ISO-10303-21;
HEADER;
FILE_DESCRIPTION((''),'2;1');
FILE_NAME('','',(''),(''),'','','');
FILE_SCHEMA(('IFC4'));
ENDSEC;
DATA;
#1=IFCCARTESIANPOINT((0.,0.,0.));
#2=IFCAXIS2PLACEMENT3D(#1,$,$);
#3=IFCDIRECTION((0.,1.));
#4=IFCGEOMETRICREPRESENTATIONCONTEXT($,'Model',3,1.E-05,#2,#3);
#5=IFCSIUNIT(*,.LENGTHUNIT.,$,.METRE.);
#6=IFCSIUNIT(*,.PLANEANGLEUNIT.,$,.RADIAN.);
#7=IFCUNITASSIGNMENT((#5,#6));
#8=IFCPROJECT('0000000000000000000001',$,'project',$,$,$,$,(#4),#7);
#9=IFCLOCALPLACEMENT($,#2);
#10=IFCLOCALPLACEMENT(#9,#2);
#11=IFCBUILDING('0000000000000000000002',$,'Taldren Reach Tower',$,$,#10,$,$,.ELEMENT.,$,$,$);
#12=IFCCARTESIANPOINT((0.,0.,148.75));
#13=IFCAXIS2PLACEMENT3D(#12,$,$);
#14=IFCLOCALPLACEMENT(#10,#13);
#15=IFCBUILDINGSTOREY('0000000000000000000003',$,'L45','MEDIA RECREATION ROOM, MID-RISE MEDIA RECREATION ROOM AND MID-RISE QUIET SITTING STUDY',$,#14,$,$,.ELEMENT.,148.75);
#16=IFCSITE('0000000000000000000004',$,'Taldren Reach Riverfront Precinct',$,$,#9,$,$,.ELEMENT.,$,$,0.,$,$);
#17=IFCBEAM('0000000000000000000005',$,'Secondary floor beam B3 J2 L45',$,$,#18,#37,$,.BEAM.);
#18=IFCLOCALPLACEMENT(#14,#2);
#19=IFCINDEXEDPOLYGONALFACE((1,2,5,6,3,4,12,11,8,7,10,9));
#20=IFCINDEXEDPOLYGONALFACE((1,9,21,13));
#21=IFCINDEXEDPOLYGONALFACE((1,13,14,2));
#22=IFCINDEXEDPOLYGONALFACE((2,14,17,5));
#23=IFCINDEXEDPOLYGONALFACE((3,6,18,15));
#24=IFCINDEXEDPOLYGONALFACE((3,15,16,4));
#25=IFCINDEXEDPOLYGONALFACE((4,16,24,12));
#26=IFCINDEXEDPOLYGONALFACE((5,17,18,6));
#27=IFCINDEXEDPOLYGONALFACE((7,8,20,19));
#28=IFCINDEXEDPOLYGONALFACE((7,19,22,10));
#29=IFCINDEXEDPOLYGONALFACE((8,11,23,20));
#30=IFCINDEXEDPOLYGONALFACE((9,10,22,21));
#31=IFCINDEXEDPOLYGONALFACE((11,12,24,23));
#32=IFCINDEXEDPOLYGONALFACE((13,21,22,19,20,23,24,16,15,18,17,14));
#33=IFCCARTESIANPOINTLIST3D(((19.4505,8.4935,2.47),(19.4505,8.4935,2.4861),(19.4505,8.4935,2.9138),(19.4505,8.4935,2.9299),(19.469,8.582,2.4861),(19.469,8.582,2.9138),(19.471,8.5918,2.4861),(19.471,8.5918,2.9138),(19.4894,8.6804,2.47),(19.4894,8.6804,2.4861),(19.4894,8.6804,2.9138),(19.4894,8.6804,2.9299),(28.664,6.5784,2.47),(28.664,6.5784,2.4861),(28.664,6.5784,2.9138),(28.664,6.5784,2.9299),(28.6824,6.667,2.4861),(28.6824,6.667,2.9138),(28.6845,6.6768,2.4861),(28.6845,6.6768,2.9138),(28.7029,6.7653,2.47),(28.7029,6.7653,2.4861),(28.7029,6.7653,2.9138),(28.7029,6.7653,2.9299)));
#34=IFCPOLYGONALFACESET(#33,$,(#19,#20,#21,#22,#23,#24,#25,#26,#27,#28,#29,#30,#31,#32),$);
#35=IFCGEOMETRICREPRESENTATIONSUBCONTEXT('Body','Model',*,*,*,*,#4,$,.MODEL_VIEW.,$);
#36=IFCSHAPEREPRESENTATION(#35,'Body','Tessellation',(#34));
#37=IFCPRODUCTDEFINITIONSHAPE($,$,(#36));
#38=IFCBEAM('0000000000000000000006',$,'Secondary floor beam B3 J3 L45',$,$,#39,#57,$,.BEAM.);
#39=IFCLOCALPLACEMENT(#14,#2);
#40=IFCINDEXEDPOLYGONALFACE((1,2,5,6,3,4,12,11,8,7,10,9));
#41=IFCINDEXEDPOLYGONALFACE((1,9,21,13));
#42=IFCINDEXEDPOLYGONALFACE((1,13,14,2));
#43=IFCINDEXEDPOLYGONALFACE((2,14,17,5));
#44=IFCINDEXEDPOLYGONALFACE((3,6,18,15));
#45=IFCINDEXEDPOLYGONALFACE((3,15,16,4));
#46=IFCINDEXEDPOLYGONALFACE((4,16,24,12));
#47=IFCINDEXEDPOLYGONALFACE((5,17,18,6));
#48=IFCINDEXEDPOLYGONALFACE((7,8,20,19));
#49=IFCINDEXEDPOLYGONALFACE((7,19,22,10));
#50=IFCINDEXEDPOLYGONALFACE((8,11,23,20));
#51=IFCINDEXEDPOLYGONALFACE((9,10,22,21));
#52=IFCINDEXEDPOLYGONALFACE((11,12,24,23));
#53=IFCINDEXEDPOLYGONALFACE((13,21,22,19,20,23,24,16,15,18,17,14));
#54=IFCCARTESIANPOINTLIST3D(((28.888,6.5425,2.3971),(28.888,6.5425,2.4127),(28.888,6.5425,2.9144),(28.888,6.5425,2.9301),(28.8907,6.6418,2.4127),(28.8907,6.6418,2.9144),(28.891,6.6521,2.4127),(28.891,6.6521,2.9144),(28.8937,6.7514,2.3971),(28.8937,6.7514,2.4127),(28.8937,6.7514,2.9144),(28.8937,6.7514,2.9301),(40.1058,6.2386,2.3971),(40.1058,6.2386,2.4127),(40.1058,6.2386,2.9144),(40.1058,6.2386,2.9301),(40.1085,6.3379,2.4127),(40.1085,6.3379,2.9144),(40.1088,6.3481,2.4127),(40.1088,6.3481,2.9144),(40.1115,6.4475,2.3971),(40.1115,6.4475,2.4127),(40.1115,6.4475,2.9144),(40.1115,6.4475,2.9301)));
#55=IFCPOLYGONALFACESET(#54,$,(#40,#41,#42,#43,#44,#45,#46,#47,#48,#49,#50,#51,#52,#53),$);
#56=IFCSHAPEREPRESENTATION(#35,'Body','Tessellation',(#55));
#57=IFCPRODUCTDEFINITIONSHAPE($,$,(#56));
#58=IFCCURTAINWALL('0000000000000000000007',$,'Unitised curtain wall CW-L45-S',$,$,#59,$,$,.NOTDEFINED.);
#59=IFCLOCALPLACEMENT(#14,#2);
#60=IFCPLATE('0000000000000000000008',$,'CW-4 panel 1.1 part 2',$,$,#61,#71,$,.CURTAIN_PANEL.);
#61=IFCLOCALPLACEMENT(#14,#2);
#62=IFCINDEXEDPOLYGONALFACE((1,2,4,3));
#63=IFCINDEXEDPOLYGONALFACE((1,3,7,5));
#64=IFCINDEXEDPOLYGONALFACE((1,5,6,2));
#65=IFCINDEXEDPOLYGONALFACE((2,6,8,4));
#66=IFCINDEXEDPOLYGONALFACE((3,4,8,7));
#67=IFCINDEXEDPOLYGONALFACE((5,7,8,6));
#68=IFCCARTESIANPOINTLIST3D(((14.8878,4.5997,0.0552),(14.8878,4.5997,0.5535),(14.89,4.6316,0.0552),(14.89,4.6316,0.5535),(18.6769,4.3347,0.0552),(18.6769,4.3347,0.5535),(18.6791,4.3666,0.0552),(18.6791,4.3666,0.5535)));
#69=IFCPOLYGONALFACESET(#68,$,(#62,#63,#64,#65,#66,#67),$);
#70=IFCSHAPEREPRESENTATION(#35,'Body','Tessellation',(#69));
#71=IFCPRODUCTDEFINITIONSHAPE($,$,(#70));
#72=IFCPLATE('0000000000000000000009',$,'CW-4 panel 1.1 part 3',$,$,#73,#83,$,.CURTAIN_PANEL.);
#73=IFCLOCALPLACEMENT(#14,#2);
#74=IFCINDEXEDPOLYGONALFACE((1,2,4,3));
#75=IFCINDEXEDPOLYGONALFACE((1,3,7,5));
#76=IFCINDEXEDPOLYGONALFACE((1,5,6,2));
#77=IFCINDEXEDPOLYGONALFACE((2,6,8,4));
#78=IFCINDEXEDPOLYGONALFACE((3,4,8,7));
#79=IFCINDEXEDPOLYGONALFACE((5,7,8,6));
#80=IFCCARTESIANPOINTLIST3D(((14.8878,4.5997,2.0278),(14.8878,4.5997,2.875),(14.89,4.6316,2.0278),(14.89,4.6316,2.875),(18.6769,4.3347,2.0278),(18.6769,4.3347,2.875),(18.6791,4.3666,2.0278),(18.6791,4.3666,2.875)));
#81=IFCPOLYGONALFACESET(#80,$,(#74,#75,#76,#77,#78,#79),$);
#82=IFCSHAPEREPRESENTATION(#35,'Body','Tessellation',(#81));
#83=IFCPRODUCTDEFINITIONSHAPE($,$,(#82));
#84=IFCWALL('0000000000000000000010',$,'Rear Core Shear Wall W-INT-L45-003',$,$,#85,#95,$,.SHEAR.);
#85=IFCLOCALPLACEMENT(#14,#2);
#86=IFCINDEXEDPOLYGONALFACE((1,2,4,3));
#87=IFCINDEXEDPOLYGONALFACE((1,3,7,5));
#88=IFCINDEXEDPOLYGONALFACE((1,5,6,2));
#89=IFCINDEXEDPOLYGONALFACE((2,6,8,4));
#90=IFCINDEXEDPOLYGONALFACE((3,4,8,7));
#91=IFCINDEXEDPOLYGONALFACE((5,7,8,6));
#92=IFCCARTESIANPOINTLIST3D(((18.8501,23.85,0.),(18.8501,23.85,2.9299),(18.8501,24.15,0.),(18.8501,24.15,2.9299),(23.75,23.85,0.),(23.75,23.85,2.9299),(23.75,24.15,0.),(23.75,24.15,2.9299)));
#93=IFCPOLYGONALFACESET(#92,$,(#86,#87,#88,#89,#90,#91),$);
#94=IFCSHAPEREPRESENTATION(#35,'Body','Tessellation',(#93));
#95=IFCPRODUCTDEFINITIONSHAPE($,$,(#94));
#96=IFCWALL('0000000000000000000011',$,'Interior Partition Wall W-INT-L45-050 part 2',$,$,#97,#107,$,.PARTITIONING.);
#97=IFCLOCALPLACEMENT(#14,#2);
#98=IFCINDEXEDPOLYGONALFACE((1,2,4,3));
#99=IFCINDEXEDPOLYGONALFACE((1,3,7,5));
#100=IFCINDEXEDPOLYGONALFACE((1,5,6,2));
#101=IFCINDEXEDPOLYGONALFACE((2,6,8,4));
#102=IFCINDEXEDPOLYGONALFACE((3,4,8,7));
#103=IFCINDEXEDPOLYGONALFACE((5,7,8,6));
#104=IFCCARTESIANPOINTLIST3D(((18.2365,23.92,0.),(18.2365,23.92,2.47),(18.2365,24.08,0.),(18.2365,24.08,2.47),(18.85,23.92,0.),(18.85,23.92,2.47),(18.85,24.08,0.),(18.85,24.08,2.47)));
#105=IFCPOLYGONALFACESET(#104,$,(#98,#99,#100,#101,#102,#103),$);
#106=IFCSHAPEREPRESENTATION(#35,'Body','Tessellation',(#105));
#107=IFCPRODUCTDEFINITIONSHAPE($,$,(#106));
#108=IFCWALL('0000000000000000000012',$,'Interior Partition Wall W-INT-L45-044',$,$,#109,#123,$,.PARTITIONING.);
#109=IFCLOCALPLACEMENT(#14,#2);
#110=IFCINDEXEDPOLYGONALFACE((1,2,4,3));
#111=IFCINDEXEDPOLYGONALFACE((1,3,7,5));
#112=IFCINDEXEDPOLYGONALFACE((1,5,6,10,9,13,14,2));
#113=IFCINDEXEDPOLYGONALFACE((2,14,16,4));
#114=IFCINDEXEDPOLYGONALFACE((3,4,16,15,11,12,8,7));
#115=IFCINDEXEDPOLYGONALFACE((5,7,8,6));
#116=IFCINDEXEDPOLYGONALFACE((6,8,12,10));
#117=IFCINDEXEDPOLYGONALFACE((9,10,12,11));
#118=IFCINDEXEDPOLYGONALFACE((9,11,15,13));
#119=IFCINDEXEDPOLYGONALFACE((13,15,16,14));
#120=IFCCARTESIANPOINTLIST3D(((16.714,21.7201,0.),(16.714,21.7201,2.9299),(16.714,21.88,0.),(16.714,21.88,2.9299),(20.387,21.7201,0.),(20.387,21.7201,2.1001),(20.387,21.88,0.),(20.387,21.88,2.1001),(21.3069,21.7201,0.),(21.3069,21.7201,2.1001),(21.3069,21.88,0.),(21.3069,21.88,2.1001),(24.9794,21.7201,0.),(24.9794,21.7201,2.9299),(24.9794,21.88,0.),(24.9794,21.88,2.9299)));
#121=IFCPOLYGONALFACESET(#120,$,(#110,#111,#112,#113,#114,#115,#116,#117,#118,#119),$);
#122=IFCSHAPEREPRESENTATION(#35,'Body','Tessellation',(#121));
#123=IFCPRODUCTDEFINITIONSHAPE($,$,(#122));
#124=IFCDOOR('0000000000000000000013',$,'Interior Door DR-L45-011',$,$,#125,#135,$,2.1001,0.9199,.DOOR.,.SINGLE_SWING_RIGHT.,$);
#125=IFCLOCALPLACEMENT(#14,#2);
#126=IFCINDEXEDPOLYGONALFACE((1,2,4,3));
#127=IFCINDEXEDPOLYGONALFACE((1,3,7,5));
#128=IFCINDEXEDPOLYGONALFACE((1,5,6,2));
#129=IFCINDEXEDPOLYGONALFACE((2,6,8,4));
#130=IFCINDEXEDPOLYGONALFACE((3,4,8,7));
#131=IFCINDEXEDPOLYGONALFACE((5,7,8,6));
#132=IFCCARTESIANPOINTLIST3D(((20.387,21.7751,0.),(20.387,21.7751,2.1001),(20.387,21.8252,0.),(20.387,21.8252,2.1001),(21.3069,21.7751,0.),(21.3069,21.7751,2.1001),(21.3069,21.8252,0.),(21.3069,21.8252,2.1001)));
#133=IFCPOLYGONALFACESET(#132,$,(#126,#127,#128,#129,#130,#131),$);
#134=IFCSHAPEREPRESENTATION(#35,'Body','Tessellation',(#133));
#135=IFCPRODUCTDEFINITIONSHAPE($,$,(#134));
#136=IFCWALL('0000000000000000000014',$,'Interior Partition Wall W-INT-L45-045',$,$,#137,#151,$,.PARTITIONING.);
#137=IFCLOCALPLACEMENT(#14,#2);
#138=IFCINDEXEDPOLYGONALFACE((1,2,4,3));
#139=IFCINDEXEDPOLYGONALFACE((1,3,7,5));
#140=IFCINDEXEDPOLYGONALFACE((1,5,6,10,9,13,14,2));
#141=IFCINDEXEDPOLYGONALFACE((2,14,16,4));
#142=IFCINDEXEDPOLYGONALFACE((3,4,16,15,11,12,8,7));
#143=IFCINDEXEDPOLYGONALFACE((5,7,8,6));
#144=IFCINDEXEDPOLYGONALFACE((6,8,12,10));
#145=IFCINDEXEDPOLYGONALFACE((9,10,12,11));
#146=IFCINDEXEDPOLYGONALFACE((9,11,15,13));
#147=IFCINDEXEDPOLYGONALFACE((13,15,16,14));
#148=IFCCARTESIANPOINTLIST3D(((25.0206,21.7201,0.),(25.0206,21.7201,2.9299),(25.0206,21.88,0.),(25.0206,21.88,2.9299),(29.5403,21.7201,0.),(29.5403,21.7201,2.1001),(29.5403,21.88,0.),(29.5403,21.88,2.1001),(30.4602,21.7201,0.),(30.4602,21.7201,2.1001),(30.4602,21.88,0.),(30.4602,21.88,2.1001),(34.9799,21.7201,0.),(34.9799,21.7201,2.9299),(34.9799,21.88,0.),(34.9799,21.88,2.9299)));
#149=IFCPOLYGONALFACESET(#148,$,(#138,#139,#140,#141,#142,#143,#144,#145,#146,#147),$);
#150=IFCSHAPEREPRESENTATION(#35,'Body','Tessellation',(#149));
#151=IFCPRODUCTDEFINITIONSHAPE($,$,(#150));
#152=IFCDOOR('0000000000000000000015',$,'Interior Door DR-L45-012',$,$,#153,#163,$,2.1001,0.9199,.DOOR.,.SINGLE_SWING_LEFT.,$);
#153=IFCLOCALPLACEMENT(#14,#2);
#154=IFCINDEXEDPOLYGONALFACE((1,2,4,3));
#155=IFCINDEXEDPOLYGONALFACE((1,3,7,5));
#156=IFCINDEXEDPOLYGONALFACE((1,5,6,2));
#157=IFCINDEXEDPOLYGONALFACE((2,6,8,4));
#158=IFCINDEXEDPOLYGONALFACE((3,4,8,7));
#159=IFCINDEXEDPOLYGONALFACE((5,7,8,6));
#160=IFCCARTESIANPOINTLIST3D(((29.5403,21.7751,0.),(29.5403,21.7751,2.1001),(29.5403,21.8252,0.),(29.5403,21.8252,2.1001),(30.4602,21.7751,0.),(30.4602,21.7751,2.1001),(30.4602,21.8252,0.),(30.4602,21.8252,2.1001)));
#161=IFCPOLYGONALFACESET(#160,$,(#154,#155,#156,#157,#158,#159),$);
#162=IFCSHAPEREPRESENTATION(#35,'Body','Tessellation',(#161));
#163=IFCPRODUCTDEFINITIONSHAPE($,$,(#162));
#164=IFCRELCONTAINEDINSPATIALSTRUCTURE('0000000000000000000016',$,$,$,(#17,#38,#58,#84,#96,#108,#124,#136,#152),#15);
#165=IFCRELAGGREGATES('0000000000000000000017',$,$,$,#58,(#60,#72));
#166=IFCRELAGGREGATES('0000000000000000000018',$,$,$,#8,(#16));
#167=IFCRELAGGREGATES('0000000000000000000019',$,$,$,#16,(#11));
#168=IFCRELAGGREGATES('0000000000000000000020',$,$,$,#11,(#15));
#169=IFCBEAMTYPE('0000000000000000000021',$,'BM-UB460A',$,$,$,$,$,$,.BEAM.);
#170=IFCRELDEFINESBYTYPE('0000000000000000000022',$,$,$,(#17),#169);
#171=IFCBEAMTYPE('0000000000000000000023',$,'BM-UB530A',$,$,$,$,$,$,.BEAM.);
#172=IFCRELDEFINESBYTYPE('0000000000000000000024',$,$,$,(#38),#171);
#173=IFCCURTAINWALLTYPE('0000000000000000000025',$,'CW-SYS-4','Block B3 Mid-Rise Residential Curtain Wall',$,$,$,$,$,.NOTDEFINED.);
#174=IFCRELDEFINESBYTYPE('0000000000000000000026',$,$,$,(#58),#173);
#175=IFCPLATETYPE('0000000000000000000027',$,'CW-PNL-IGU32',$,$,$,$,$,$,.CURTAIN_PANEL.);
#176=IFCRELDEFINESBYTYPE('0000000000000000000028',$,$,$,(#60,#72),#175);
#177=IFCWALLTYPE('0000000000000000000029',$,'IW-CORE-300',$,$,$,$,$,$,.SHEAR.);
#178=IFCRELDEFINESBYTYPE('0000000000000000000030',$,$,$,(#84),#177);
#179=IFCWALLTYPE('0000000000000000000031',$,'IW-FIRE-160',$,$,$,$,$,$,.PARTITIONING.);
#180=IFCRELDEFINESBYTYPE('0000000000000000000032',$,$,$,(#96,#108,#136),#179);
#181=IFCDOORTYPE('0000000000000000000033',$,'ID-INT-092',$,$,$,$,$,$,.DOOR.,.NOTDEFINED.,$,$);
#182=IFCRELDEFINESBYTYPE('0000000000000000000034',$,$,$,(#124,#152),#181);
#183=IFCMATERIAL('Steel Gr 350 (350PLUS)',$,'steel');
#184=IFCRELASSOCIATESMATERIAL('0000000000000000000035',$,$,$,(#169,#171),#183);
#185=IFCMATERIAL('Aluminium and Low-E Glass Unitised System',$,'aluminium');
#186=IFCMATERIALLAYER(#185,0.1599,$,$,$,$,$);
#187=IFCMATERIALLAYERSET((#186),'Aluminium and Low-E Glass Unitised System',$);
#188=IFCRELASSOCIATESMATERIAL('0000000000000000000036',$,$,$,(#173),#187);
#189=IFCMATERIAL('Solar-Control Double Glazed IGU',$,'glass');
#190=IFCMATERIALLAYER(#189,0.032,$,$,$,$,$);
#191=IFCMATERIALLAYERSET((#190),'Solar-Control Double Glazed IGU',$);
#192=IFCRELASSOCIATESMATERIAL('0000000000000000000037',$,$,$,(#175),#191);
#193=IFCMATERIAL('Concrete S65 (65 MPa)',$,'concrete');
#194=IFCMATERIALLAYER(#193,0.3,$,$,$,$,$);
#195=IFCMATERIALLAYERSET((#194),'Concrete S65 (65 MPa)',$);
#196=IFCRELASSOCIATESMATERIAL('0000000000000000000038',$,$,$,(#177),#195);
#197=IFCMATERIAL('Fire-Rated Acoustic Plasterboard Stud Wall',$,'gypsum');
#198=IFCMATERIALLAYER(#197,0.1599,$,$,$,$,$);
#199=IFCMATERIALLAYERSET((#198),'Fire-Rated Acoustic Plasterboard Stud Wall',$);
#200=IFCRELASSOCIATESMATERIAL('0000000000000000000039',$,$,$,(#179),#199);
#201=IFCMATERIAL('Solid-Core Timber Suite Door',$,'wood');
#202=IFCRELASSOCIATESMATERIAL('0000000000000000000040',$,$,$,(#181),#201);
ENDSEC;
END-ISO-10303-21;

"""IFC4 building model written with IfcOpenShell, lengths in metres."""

from ifc_helpers import new_model, si_unit, direction, frame, frame_2d, origin, origin_2d, place, context, subcontext, project, spatial, rectangle, i_section, extrude, source, transform, mapped, material, layer, layer_set, material_profile, profile_set, type_object, element, fill, aggregate, save


model = new_model("IFC4")

# Units and contexts
model_context = context("Model", 3, precision=1e-05, world=origin(), true_north=direction((0.0, 1.0)))
body_context = subcontext(model_context, "Body", "Model", "MODEL_VIEW")
ifc_project = project(units=[si_unit("LENGTHUNIT", "METRE"), si_unit("PLANEANGLEUNIT", "RADIAN")], contexts=[model_context])

# Site, building, storey
site_placement = place(None, origin())
site = spatial("IfcSite", under=ifc_project, at=site_placement, Name="Taldren Reach Riverfront Precinct", CompositionType="ELEMENT", RefElevation=0.0)
building_placement = place(site_placement, origin())
building = spatial("IfcBuilding", under=site, at=building_placement, Name="Taldren Reach Tower", CompositionType="ELEMENT")
storey_placement = place(building_placement, frame((0.0, 0.0, 148.75)))
storey = spatial("IfcBuildingStorey", under=building, at=storey_placement, Name="L45", Description="MEDIA RECREATION ROOM, MID-RISE MEDIA RECREATION ROOM AND MID-RISE QUIET SITTING STUDY", CompositionType="ELEMENT", Elevation=148.75)

# Shared definitions
ifc_material_1 = material(Name="Steel Gr 350 (350PLUS)", Category="steel")

# Shared definitions
ifc_material_profile_1 = material_profile(ifc_material_1, i_section(OverallWidth=0.1909, OverallDepth=0.46, WebThickness=0.01, FlangeThickness=0.0161, at=origin_2d()), Name="460UB82.1")
ifc_profile_set_1 = profile_set([ifc_material_profile_1], Name="Steel Gr 350 (350PLUS)")
beam_type_1 = type_object("IfcBeamType", Name="BM-UB460A", PredefinedType="BEAM", material=ifc_profile_set_1)
ifc_material_profile_2 = material_profile(ifc_material_1, i_section(OverallWidth=0.209, OverallDepth=0.533, WebThickness=0.0103, FlangeThickness=0.0156, at=origin_2d()), Name="530UB92.4")
ifc_profile_set_2 = profile_set([ifc_material_profile_2], Name="Steel Gr 350 (350PLUS)")
beam_type_2 = type_object("IfcBeamType", Name="BM-UB530A", PredefinedType="BEAM", material=ifc_profile_set_2)

# Beams
shared_shape_1 = source(origin(), body_context, "Body", "SweptSolid", [
    extrude(i_section(OverallWidth=0.1909, OverallDepth=0.46, WebThickness=0.01, FlangeThickness=0.0161, at=origin_2d()), origin(), (0.0, 0.0, 1.0), 9.4104),
])
beam_1_placement = place(storey_placement, frame((19.47, 8.5869, 2.7), z_axis=(0.979074, -0.203505, 0.0), x_axis=(0.203505, 0.979074, 0.0)))
element("IfcBeam", 1, at=beam_1_placement, inside=storey, type_object=beam_type_1, Name="Secondary floor beam B3 J2 L45", PredefinedType="BEAM", context=body_context, shape_type="MappedRepresentation", body=[
    mapped(shared_shape_1, transform((0.0, 0.0, 0.0), scale=1.0)),
])
shared_shape_2 = source(origin(), body_context, "Body", "SweptSolid", [
    extrude(i_section(OverallWidth=0.209, OverallDepth=0.533, WebThickness=0.0103, FlangeThickness=0.0156, at=origin_2d()), origin(), (0.0, 0.0, 1.0), 11.2219),
])
beam_2_placement = place(storey_placement, frame((28.8909, 6.647, 2.6636), z_axis=(0.999633, -0.027086, 0.0), x_axis=(0.027086, 0.999633, 0.0)))
element("IfcBeam", 2, at=beam_2_placement, inside=storey, type_object=beam_type_2, Name="Secondary floor beam B3 J3 L45", PredefinedType="BEAM", context=body_context, shape_type="MappedRepresentation", body=[
    mapped(shared_shape_2, transform((0.0, 0.0, 0.0), scale=1.0)),
])

# Curtain wall, plates
ifc_material_2 = material(Name="Aluminium and Low-E Glass Unitised System", Category="aluminium")
ifc_layer_1 = layer(ifc_material_2, 0.1599)
ifc_layer_set_1 = layer_set([ifc_layer_1], Name="Aluminium and Low-E Glass Unitised System")
curtain_wall_type = type_object("IfcCurtainWallType", Name="CW-SYS-4", Description="Block B3 Mid-Rise Residential Curtain Wall", PredefinedType="NOTDEFINED", material=ifc_layer_set_1)
curtain_wall_placement = place(storey_placement, origin())
curtain_wall = element("IfcCurtainWall", 3, at=curtain_wall_placement, inside=storey, type_object=curtain_wall_type, Name="Unitised curtain wall CW-L45-S", PredefinedType="NOTDEFINED")
ifc_material_3 = material(Name="Solar-Control Double Glazed IGU", Category="glass")
ifc_layer_2 = layer(ifc_material_3, 0.032)
ifc_layer_set_2 = layer_set([ifc_layer_2], Name="Solar-Control Double Glazed IGU")
plate_type = type_object("IfcPlateType", Name="CW-PNL-IGU32", PredefinedType="CURTAIN_PANEL", material=ifc_layer_set_2)
shared_shape_3 = source(origin(), body_context, "Body", "SweptSolid", [
    extrude(rectangle(XDim=3.7983, YDim=0.032, at=origin_2d()), origin(), (0.0, 0.0, 1.0), 0.4983),
])
plate_1_placement = place(storey_placement, frame((16.7834, 4.4832, 0.0552), z_axis=(0.0, 0.0, 1.0), x_axis=(0.997564, -0.069757, 0.0)))
plate_1 = element("IfcPlate", 4, at=plate_1_placement, type_object=plate_type, Name="CW-4 panel 1.1 part 2", PredefinedType="CURTAIN_PANEL", context=body_context, shape_type="MappedRepresentation", body=[
    mapped(shared_shape_3, transform((0.0, 0.0, 0.0), scale=1.0)),
])
shared_shape_4 = source(origin(), body_context, "Body", "SweptSolid", [
    extrude(rectangle(XDim=3.7983, YDim=0.032, at=origin_2d()), origin(), (0.0, 0.0, 1.0), 0.8472),
])
plate_2_placement = place(storey_placement, frame((16.7834, 4.4832, 2.0278), z_axis=(0.0, 0.0, 1.0), x_axis=(0.997564, -0.069757, 0.0)))
plate_2 = element("IfcPlate", 5, at=plate_2_placement, type_object=plate_type, Name="CW-4 panel 1.1 part 3", PredefinedType="CURTAIN_PANEL", context=body_context, shape_type="MappedRepresentation", body=[
    mapped(shared_shape_4, transform((0.0, 0.0, 0.0), scale=1.0)),
])
aggregate(curtain_wall, [plate_1, plate_2])

# Walls
ifc_material_4 = material(Name="Concrete S65 (65 MPa)", Category="concrete")
ifc_layer_3 = layer(ifc_material_4, 0.3)
ifc_layer_set_3 = layer_set([ifc_layer_3], Name="Concrete S65 (65 MPa)")
wall_type_1 = type_object("IfcWallType", Name="IW-CORE-300", PredefinedType="SHEAR", material=ifc_layer_set_3)
shared_shape_5 = source(origin(), body_context, "Body", "SweptSolid", [
    extrude(rectangle(XDim=4.8999, YDim=0.3, at=frame_2d((2.45, 0.0))), origin(), (0.0, 0.0, 1.0), 2.9299),
])
wall_1_placement = place(storey_placement, frame((18.8501, 24.0, 0.0), z_axis=(0.0, 0.0, 1.0), x_axis=(1.0, 0.0, 0.0)))
element("IfcWall", 6, at=wall_1_placement, inside=storey, type_object=wall_type_1, Name="Rear Core Shear Wall W-INT-L45-003", PredefinedType="SHEAR", context=body_context, shape_type="MappedRepresentation", body=[
    mapped(shared_shape_5, transform((0.0, 0.0, 0.0), scale=1.0)),
])
ifc_material_5 = material(Name="Fire-Rated Acoustic Plasterboard Stud Wall", Category="gypsum")
ifc_layer_4 = layer(ifc_material_5, 0.1599)
ifc_layer_set_4 = layer_set([ifc_layer_4], Name="Fire-Rated Acoustic Plasterboard Stud Wall")
wall_type_2 = type_object("IfcWallType", Name="IW-FIRE-160", PredefinedType="PARTITIONING", material=ifc_layer_set_4)
shared_shape_6 = source(origin(), body_context, "Body", "SweptSolid", [
    extrude(rectangle(XDim=0.6135, YDim=0.1599, at=frame_2d((0.3066, 0.0))), origin(), (0.0, 0.0, 1.0), 2.47),
])
wall_2_placement = place(storey_placement, frame((18.2366, 24.0, 0.0), z_axis=(0.0, 0.0, 1.0), x_axis=(1.0, 0.0, 0.0)))
element("IfcWall", 7, at=wall_2_placement, inside=storey, type_object=wall_type_2, Name="Interior Partition Wall W-INT-L45-050 part 2", PredefinedType="PARTITIONING", context=body_context, shape_type="MappedRepresentation", body=[
    mapped(shared_shape_6, transform((0.0, 0.0, 0.0), scale=1.0)),
])

# Walls, openings, doors
shared_shape_7 = source(origin(), body_context, "Body", "SweptSolid", [
    extrude(rectangle(XDim=8.2654, YDim=0.1599, at=frame_2d((4.1328, 0.0))), origin(), (0.0, 0.0, 1.0), 2.9299),
])
wall_3_placement = place(storey_placement, frame((24.9795, 21.8, 0.0), z_axis=(0.0, 0.0, 1.0), x_axis=(-1.0, 0.0, 0.0)))
wall_3 = element("IfcWall", 8, at=wall_3_placement, inside=storey, type_object=wall_type_2, Name="Interior Partition Wall W-INT-L45-044", PredefinedType="PARTITIONING", context=body_context, shape_type="MappedRepresentation", body=[
    mapped(shared_shape_7, transform((0.0, 0.0, 0.0), scale=1.0)),
])
shared_shape_8 = source(origin(), body_context, "Body", "SweptSolid", [
    extrude(rectangle(XDim=0.9199, YDim=2.1001, at=frame_2d((0.46, 1.05))), frame((0.0, 0.0898, 0.0), z_axis=(0.0, -1.0, 0.0), x_axis=(1.0, 0.0, 0.0)), (0.0, 0.0, 1.0), 0.1799),
])
opening_1_placement = place(wall_3_placement, frame((3.6726, 0.0, 0.0)))
opening_1 = element("IfcOpeningElement", 9, at=opening_1_placement, cuts=wall_3, PredefinedType="OPENING", context=body_context, shape_type="MappedRepresentation", body=[
    mapped(shared_shape_8, transform((0.0, 0.0, 0.0), scale=1.0)),
])
ifc_material_6 = material(Name="Solid-Core Timber Suite Door", Category="wood")
door_type = type_object("IfcDoorType", Name="ID-INT-092", OperationType="NOTDEFINED", PredefinedType="DOOR", material=ifc_material_6)
shared_shape_9 = source(origin(), body_context, "Body", "SweptSolid", [
    extrude(rectangle(XDim=0.9199, YDim=2.1001, at=frame_2d((0.46, 1.05))), frame((0.0, 0.0249, 0.0), z_axis=(0.0, -1.0, 0.0), x_axis=(1.0, 0.0, 0.0)), (0.0, 0.0, 1.0), 0.05),
])
door_1_placement = place(opening_1_placement, origin())
door_1 = element("IfcDoor", 10, at=door_1_placement, inside=storey, type_object=door_type, Name="Interior Door DR-L45-011", OperationType="SINGLE_SWING_RIGHT", OverallHeight=2.1001, OverallWidth=0.9199, PredefinedType="DOOR", context=body_context, shape_type="MappedRepresentation", body=[
    mapped(shared_shape_9, transform((0.0, 0.0, 0.0), scale=1.0)),
])
fill(opening_1, door_1)
shared_shape_10 = source(origin(), body_context, "Body", "SweptSolid", [
    extrude(rectangle(XDim=9.9592, YDim=0.1599, at=frame_2d((4.9795, 0.0))), origin(), (0.0, 0.0, 1.0), 2.9299),
])
wall_4_placement = place(storey_placement, frame((34.9797, 21.8, 0.0), z_axis=(0.0, 0.0, 1.0), x_axis=(-1.0, 0.0, 0.0)))
wall_4 = element("IfcWall", 11, at=wall_4_placement, inside=storey, type_object=wall_type_2, Name="Interior Partition Wall W-INT-L45-045", PredefinedType="PARTITIONING", context=body_context, shape_type="MappedRepresentation", body=[
    mapped(shared_shape_10, transform((0.0, 0.0, 0.0), scale=1.0)),
])
opening_2_placement = place(wall_4_placement, frame((4.5195, 0.0, 0.0)))
opening_2 = element("IfcOpeningElement", 12, at=opening_2_placement, cuts=wall_4, PredefinedType="OPENING", context=body_context, shape_type="MappedRepresentation", body=[
    mapped(shared_shape_8, transform((0.0, 0.0, 0.0), scale=1.0)),
])
door_2_placement = place(opening_2_placement, origin())
door_2 = element("IfcDoor", 13, at=door_2_placement, inside=storey, type_object=door_type, Name="Interior Door DR-L45-012", OperationType="SINGLE_SWING_LEFT", OverallHeight=2.1001, OverallWidth=0.9199, PredefinedType="DOOR", context=body_context, shape_type="MappedRepresentation", body=[
    mapped(shared_shape_9, transform((0.0, 0.0, 0.0), scale=1.0)),
])
fill(opening_2, door_2)

save(model, "model.ifc")
